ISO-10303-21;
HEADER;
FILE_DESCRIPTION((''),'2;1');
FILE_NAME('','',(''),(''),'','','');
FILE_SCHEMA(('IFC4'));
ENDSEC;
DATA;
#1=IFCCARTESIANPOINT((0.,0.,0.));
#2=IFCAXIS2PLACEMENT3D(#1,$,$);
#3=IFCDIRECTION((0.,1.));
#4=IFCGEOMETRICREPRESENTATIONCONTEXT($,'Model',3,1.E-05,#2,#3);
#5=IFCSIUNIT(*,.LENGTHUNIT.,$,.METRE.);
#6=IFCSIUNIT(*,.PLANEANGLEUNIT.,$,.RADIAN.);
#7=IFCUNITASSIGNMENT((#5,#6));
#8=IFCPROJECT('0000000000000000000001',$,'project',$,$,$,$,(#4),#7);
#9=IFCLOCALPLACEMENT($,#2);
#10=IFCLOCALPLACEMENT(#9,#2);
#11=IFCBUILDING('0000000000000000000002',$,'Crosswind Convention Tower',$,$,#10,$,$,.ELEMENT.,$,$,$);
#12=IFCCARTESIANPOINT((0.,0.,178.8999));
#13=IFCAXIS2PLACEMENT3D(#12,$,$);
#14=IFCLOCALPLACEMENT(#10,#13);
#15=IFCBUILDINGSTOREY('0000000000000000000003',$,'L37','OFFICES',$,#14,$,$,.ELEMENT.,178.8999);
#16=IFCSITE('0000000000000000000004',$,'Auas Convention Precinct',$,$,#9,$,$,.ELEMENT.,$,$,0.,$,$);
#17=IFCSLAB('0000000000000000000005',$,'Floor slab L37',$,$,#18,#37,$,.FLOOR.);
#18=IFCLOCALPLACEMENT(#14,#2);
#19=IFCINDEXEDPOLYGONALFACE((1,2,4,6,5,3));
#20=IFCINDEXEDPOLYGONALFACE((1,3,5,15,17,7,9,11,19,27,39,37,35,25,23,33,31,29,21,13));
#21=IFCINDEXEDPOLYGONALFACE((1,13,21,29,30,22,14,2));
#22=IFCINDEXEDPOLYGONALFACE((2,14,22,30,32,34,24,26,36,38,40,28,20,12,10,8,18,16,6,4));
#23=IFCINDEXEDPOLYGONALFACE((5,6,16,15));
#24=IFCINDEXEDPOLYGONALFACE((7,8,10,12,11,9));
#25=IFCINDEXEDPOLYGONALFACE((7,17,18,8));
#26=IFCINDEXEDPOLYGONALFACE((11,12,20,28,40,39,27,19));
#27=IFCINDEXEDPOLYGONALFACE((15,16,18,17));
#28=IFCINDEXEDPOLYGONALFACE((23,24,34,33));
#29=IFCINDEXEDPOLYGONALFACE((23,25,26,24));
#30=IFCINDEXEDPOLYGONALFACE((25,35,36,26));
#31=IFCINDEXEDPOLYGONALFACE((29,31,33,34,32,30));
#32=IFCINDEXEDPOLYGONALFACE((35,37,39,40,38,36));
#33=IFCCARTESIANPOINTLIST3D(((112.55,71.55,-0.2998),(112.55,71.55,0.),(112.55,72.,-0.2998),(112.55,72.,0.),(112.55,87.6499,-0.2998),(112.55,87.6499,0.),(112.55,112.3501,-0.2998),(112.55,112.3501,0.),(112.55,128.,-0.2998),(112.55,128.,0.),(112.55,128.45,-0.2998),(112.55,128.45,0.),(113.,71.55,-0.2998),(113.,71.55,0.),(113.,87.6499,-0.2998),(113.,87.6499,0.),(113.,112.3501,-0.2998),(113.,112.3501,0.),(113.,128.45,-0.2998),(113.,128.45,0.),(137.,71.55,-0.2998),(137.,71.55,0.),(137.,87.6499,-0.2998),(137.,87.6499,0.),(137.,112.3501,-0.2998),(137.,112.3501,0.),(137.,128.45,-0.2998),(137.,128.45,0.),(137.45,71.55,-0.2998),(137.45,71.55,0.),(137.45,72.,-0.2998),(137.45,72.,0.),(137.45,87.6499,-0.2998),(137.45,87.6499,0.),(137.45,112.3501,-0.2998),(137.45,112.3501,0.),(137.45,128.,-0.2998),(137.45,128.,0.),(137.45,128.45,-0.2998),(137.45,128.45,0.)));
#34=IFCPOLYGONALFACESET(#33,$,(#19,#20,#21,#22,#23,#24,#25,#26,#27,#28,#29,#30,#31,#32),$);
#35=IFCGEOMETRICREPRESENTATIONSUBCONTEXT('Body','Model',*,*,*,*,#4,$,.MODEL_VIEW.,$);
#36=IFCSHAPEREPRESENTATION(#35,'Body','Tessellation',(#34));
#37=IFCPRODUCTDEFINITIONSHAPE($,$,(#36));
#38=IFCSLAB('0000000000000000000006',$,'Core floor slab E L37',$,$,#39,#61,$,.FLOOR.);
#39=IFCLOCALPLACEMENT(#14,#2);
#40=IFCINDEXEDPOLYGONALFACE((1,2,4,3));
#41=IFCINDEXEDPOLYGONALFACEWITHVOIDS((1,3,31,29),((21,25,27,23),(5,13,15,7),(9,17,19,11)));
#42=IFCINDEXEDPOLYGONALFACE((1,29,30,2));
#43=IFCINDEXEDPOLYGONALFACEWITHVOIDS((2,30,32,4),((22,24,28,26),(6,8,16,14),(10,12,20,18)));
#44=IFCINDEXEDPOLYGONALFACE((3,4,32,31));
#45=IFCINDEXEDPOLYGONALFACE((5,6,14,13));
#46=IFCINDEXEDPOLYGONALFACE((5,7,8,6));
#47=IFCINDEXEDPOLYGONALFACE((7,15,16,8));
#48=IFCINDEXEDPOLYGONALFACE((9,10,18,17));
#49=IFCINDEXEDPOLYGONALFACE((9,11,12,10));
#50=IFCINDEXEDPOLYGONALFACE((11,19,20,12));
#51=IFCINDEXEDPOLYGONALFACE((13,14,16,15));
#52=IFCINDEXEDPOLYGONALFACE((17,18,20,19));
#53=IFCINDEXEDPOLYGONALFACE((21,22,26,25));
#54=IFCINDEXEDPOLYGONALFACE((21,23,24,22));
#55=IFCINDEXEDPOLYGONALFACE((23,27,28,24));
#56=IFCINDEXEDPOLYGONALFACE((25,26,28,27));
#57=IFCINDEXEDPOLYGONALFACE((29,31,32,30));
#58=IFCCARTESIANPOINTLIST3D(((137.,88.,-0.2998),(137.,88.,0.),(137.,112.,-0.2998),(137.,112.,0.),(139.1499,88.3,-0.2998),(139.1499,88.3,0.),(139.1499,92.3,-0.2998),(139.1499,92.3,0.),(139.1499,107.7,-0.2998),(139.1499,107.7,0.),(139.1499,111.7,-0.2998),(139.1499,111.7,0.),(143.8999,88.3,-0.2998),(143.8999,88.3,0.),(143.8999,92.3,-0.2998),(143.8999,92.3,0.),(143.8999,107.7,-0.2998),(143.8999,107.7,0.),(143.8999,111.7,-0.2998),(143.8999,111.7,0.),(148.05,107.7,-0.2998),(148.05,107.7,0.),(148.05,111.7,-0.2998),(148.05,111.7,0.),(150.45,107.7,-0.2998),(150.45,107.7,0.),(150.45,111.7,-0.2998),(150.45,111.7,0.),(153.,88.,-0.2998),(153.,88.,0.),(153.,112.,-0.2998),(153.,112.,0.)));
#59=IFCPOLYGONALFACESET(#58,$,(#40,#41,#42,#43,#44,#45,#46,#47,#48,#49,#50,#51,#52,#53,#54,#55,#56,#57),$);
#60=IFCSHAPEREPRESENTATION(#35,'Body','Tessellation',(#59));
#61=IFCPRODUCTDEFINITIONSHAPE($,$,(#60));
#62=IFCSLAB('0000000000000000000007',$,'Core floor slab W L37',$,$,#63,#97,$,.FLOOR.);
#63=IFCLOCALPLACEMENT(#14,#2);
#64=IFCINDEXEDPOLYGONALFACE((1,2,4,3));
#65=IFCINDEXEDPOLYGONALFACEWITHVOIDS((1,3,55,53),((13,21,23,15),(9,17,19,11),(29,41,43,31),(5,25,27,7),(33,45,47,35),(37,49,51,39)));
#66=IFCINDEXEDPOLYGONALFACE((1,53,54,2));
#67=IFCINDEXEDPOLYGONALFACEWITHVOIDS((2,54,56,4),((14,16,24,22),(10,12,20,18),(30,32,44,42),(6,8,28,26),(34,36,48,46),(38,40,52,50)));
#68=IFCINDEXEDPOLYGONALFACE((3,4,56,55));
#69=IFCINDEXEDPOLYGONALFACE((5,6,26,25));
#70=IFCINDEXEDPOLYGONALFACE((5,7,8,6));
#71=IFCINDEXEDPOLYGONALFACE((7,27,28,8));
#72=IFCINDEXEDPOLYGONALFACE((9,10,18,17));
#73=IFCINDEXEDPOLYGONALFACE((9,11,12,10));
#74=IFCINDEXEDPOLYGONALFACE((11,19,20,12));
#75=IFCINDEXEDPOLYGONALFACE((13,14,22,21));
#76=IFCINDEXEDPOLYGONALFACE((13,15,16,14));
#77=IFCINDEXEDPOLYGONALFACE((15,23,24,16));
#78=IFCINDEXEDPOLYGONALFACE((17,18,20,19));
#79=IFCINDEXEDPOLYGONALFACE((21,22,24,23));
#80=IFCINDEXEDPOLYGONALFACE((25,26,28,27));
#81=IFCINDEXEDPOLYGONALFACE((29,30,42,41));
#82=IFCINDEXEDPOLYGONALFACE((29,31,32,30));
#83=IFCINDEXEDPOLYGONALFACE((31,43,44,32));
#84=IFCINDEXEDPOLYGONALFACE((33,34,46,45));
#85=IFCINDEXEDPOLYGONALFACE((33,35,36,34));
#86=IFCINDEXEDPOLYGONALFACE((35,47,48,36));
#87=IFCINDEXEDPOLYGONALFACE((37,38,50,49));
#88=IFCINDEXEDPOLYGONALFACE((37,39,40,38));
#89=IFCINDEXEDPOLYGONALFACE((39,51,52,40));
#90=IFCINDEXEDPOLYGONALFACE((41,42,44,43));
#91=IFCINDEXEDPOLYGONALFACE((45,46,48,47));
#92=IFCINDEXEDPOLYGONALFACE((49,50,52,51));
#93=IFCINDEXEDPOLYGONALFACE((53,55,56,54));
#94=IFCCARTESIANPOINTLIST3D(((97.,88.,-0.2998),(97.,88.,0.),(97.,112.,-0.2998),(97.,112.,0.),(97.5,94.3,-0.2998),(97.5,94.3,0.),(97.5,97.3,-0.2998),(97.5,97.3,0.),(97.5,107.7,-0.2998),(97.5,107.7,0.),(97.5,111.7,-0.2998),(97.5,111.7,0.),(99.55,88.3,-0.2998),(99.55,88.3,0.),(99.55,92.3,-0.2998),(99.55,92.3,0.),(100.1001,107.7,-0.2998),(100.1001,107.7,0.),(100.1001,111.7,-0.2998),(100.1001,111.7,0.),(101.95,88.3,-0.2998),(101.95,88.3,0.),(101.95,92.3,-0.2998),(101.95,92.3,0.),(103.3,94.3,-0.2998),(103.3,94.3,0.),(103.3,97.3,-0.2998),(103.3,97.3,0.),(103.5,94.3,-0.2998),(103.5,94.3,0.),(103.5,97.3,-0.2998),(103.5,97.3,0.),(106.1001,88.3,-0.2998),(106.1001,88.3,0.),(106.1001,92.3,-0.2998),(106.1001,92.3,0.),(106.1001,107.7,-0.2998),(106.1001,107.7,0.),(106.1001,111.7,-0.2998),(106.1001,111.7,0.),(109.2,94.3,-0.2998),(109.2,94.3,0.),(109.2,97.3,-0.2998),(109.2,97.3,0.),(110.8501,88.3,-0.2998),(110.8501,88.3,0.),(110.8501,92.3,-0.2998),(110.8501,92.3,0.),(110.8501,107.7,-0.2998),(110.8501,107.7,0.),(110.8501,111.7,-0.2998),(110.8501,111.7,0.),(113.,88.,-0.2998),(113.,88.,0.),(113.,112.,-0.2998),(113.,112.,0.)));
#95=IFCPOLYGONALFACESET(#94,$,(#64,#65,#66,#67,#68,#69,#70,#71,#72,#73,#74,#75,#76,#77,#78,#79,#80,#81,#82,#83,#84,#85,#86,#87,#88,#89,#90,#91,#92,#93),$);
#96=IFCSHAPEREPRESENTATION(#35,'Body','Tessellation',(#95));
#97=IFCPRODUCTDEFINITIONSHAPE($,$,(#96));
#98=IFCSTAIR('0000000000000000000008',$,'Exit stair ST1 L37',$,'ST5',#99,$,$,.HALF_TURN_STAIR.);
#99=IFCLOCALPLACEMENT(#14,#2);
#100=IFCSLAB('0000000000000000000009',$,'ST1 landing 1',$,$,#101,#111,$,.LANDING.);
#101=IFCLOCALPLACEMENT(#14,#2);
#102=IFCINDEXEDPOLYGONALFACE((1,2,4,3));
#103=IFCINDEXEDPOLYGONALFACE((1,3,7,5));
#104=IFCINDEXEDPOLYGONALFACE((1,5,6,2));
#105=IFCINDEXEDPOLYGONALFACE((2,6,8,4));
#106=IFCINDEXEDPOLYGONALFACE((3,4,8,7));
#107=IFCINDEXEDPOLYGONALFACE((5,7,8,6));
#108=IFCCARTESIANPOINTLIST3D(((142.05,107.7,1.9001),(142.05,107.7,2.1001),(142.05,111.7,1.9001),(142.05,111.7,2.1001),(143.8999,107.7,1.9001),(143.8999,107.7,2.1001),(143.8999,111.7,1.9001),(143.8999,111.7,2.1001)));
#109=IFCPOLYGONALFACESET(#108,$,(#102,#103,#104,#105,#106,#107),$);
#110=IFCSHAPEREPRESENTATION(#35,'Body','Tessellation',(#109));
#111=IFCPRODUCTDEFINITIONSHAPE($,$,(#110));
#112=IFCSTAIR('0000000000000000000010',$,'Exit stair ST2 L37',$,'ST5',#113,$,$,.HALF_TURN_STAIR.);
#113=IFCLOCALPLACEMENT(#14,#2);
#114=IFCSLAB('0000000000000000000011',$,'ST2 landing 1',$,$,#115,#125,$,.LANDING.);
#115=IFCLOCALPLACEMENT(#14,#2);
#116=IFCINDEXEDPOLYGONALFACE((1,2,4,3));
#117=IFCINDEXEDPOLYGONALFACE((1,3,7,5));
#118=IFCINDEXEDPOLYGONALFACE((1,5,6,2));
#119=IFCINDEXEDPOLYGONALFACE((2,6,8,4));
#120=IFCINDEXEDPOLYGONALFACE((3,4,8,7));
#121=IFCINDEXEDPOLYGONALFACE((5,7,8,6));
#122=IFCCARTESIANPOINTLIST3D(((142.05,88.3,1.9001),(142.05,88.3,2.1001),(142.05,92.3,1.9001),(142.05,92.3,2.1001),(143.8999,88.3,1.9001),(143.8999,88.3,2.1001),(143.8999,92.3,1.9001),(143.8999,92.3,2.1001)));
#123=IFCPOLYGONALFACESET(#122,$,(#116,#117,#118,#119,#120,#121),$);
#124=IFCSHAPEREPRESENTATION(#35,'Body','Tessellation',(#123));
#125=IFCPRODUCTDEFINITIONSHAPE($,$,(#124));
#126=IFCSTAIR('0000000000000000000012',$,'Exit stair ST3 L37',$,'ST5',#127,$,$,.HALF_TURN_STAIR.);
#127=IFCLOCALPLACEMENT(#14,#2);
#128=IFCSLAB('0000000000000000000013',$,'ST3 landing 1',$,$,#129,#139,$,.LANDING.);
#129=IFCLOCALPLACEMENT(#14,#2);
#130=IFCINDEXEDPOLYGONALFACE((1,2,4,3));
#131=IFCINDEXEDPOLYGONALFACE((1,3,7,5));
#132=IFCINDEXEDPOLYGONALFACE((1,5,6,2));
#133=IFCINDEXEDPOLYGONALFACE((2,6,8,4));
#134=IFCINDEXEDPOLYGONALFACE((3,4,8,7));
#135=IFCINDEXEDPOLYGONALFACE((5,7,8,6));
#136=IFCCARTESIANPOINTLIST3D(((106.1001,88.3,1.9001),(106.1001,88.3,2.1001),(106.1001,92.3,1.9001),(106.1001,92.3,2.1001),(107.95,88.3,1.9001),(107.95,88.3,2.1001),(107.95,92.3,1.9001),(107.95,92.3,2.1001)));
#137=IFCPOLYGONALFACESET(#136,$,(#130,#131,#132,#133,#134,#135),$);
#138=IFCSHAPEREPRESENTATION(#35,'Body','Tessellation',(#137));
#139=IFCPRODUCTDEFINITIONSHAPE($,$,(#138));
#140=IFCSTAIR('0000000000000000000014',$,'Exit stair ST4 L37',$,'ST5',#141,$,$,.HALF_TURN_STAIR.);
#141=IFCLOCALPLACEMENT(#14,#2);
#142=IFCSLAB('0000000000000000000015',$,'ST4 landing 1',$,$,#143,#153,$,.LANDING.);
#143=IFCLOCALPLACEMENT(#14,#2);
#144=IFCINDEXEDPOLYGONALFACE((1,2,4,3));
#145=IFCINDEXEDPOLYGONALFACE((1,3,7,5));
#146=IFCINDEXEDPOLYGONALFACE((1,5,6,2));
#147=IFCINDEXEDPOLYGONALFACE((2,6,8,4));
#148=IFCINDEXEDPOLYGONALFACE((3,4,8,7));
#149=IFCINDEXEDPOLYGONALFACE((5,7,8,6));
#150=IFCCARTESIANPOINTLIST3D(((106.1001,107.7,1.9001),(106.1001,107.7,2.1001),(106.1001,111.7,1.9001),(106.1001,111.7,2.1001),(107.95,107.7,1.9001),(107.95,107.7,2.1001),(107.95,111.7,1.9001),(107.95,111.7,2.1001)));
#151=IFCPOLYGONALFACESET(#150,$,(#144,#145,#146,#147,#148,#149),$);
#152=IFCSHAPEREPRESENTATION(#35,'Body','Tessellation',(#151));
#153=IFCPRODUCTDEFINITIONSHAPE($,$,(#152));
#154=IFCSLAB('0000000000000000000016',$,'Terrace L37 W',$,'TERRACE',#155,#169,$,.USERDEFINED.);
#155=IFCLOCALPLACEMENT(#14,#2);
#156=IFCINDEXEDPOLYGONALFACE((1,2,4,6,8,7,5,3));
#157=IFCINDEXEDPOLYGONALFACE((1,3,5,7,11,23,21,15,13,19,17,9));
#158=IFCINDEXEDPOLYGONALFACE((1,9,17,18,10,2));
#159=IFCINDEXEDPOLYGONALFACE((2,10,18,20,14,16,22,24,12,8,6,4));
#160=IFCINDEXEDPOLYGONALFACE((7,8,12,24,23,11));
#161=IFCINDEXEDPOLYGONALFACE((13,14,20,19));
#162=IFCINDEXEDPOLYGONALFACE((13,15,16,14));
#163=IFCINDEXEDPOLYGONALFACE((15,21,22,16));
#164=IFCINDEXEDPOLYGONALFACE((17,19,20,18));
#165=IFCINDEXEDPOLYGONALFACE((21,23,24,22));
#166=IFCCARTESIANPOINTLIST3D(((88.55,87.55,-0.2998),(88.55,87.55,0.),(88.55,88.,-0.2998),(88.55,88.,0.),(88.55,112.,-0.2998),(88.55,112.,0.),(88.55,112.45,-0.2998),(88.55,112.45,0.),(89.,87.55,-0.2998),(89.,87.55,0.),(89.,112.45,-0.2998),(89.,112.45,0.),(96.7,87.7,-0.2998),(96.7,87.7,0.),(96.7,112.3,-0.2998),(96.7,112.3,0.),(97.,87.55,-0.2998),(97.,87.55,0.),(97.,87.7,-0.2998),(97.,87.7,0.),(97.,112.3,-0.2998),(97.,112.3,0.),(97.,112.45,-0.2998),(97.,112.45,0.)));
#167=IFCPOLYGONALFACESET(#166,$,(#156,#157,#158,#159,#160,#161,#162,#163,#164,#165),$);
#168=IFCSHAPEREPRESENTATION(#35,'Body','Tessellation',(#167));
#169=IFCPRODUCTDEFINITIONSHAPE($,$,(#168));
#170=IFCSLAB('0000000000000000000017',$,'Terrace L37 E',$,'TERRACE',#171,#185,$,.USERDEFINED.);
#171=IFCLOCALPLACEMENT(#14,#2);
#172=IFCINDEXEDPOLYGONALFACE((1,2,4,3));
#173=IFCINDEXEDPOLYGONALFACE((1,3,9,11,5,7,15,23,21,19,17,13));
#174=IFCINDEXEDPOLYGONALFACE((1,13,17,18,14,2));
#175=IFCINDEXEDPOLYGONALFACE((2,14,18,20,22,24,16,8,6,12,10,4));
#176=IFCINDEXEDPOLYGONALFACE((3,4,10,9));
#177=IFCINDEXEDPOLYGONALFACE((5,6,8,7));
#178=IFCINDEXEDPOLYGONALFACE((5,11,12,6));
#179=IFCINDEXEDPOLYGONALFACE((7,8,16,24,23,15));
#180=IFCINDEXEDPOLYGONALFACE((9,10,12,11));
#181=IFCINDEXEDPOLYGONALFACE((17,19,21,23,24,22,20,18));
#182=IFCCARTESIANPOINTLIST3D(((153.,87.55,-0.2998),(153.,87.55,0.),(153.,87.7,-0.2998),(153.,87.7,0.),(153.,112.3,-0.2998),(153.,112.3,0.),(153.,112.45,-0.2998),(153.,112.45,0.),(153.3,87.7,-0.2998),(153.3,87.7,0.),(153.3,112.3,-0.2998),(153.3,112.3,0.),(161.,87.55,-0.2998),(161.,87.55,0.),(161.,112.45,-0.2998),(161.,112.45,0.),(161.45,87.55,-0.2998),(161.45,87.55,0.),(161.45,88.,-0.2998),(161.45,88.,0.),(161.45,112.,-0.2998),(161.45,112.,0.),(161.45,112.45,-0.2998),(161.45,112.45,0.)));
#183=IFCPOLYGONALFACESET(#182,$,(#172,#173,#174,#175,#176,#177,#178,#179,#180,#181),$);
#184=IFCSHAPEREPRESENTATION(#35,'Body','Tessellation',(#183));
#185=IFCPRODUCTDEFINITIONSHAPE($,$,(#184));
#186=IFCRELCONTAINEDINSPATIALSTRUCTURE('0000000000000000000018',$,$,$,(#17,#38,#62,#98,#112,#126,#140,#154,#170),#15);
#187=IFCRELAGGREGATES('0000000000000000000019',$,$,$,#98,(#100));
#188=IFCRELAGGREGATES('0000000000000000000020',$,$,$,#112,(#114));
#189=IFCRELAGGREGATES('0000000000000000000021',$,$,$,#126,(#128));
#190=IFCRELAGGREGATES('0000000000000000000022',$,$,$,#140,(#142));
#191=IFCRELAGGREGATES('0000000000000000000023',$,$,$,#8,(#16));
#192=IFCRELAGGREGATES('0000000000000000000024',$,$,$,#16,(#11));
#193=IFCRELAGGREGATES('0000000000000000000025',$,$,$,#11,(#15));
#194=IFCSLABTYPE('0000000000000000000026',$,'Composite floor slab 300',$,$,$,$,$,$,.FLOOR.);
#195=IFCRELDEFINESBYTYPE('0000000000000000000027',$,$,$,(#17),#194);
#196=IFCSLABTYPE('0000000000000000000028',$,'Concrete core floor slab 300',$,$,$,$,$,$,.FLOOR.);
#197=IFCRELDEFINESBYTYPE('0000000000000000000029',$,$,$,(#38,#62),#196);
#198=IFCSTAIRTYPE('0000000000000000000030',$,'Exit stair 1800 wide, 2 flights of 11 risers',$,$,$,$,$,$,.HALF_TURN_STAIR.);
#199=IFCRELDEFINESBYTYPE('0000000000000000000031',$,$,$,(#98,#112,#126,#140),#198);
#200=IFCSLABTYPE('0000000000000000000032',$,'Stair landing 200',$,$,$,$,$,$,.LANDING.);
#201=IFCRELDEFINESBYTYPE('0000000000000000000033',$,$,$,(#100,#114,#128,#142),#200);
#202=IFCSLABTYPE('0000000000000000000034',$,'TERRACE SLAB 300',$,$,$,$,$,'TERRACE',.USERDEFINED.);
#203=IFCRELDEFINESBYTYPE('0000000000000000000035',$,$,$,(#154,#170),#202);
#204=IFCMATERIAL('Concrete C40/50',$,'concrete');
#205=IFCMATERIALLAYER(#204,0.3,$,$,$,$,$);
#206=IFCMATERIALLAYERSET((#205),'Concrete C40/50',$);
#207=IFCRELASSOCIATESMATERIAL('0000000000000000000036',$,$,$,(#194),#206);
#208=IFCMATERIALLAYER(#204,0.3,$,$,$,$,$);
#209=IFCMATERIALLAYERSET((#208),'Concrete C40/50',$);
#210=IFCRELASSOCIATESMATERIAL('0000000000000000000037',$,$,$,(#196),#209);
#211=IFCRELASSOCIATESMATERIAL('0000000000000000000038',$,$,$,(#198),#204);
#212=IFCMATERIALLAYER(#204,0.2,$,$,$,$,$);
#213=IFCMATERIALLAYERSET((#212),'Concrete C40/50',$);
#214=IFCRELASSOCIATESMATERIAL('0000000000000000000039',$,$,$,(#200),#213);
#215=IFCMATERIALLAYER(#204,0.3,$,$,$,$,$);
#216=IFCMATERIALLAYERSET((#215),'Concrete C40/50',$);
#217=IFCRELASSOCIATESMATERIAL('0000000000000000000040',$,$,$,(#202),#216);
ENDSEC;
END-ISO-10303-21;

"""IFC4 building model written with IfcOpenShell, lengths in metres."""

from ifc_helpers import new_model, si_unit, direction, frame, origin, place, context, subcontext, project, spatial, polyline, outline, extrude, material, layer, layer_set, type_object, element, aggregate, save


model = new_model("IFC4")

# Units and contexts
model_context = context("Model", 3, precision=1e-05, world=origin(), true_north=direction((0.0, 1.0)))
body_context = subcontext(model_context, "Body", "Model", "MODEL_VIEW")
ifc_project = project(units=[si_unit("LENGTHUNIT", "METRE"), si_unit("PLANEANGLEUNIT", "RADIAN")], contexts=[model_context])

# Site, building, storey
site_placement = place(None, origin())
site = spatial("IfcSite", under=ifc_project, at=site_placement, Name="Auas Convention Precinct", CompositionType="ELEMENT", RefElevation=0.0)
building_placement = place(site_placement, origin())
building = spatial("IfcBuilding", under=site, at=building_placement, Name="Crosswind Convention Tower", CompositionType="ELEMENT")
storey_placement = place(building_placement, frame((0.0, 0.0, 178.8999)))
storey = spatial("IfcBuildingStorey", under=building, at=storey_placement, Name="L37", Description="OFFICES", CompositionType="ELEMENT", Elevation=178.8999)

# Slabs
ifc_material_1 = material(Name="Concrete C40/50", Category="concrete")
ifc_layer_1 = layer(ifc_material_1, 0.3)
ifc_layer_set_1 = layer_set([ifc_layer_1], Name="Concrete C40/50")
slab_type_1 = type_object("IfcSlabType", Name="Composite floor slab 300", PredefinedType="FLOOR", material=ifc_layer_set_1)
slab_1_placement = place(storey_placement, frame((0.0, 0.0, -0.2998)))
element("IfcSlab", 1, at=slab_1_placement, inside=storey, type_object=slab_type_1, Name="Floor slab L37", PredefinedType="FLOOR", context=body_context, shape_type="SweptSolid", body=[
    extrude(outline(polyline([(137.45, 71.55), (137.0, 71.55), (113.0, 71.55), (112.55, 71.55), (112.55, 72.0), (112.55, 87.6499), (113.0, 87.6499), (113.0, 112.3501), (112.55, 112.3501), (112.55, 128.0), (112.55, 128.45), (113.0, 128.45), (137.0, 128.45), (137.45, 128.45), (137.45, 128.0), (137.45, 112.3501), (137.0, 112.3501), (137.0, 87.6499), (137.45, 87.6499), (137.45, 72.0), (137.45, 71.55)])), origin(), (0.0, 0.0, 1.0), 0.2998),
])
ifc_layer_2 = layer(ifc_material_1, 0.3)
ifc_layer_set_2 = layer_set([ifc_layer_2], Name="Concrete C40/50")
slab_type_2 = type_object("IfcSlabType", Name="Concrete core floor slab 300", PredefinedType="FLOOR", material=ifc_layer_set_2)
slab_2_placement = place(storey_placement, frame((0.0, 0.0, -0.2998)))
element("IfcSlab", 2, at=slab_2_placement, inside=storey, type_object=slab_type_2, Name="Core floor slab E L37", PredefinedType="FLOOR", context=body_context, shape_type="SweptSolid", body=[
    extrude(outline(polyline([(137.0, 88.0), (153.0, 88.0), (153.0, 112.0), (137.0, 112.0), (137.0, 88.0)]), holes=[polyline([(150.45, 107.7), (150.45, 111.7), (148.05, 111.7), (148.05, 107.7), (150.45, 107.7)]), polyline([(143.8999, 107.7), (143.8999, 111.7), (139.1499, 111.7), (139.1499, 107.7), (143.8999, 107.7)]), polyline([(143.8999, 88.3), (143.8999, 92.3), (139.1499, 92.3), (139.1499, 88.3), (143.8999, 88.3)])]), origin(), (0.0, 0.0, 1.0), 0.2998),
])
slab_3_placement = place(storey_placement, frame((0.0, 0.0, -0.2998)))
element("IfcSlab", 3, at=slab_3_placement, inside=storey, type_object=slab_type_2, Name="Core floor slab W L37", PredefinedType="FLOOR", context=body_context, shape_type="SweptSolid", body=[
    extrude(outline(polyline([(97.0, 88.0), (113.0, 88.0), (113.0, 112.0), (97.0, 112.0), (97.0, 88.0)]), holes=[polyline([(109.2, 94.3), (109.2, 97.3), (103.5, 97.3), (103.5, 94.3), (109.2, 94.3)]), polyline([(103.3, 94.3), (103.3, 97.3), (97.5, 97.3), (97.5, 94.3), (103.3, 94.3)]), polyline([(101.95, 88.3), (101.95, 92.3), (99.55, 92.3), (99.55, 88.3), (101.95, 88.3)]), polyline([(100.1001, 107.7), (100.1001, 111.7), (97.5, 111.7), (97.5, 107.7), (100.1001, 107.7)]), polyline([(110.8501, 88.3), (110.8501, 92.3), (106.1001, 92.3), (106.1001, 88.3), (110.8501, 88.3)]), polyline([(110.8501, 107.7), (110.8501, 111.7), (106.1001, 111.7), (106.1001, 107.7), (110.8501, 107.7)])]), origin(), (0.0, 0.0, 1.0), 0.2998),
])

# Stairs, slabs
stair_type = type_object("IfcStairType", Name="Exit stair 1800 wide, 2 flights of 11 risers", PredefinedType="HALF_TURN_STAIR", material=ifc_material_1)
stair_1_placement = place(storey_placement, origin())
stair_1 = element("IfcStair", 4, at=stair_1_placement, inside=storey, type_object=stair_type, Name="Exit stair ST1 L37", ObjectType="ST5", PredefinedType="HALF_TURN_STAIR")
ifc_layer_3 = layer(ifc_material_1, 0.2)
ifc_layer_set_3 = layer_set([ifc_layer_3], Name="Concrete C40/50")
slab_type_3 = type_object("IfcSlabType", Name="Stair landing 200", PredefinedType="LANDING", material=ifc_layer_set_3)
slab_4_placement = place(storey_placement, frame((0.0, 0.0, 1.9001)))
slab_4 = element("IfcSlab", 5, at=slab_4_placement, type_object=slab_type_3, Name="ST1 landing 1", PredefinedType="LANDING", context=body_context, shape_type="SweptSolid", body=[
    extrude(outline(polyline([(143.8999, 107.7), (143.8999, 111.7), (142.05, 111.7), (142.05, 107.7), (143.8999, 107.7)])), origin(), (0.0, 0.0, 1.0), 0.2),
])
aggregate(stair_1, [slab_4])
stair_2_placement = place(storey_placement, origin())
stair_2 = element("IfcStair", 6, at=stair_2_placement, inside=storey, type_object=stair_type, Name="Exit stair ST2 L37", ObjectType="ST5", PredefinedType="HALF_TURN_STAIR")
slab_5_placement = place(storey_placement, frame((0.0, 0.0, 1.9001)))
slab_5 = element("IfcSlab", 7, at=slab_5_placement, type_object=slab_type_3, Name="ST2 landing 1", PredefinedType="LANDING", context=body_context, shape_type="SweptSolid", body=[
    extrude(outline(polyline([(143.8999, 88.3), (143.8999, 92.3), (142.05, 92.3), (142.05, 88.3), (143.8999, 88.3)])), origin(), (0.0, 0.0, 1.0), 0.2),
])
aggregate(stair_2, [slab_5])
stair_3_placement = place(storey_placement, origin())
stair_3 = element("IfcStair", 8, at=stair_3_placement, inside=storey, type_object=stair_type, Name="Exit stair ST3 L37", ObjectType="ST5", PredefinedType="HALF_TURN_STAIR")
slab_6_placement = place(storey_placement, frame((0.0, 0.0, 1.9001)))
slab_6 = element("IfcSlab", 9, at=slab_6_placement, type_object=slab_type_3, Name="ST3 landing 1", PredefinedType="LANDING", context=body_context, shape_type="SweptSolid", body=[
    extrude(outline(polyline([(107.95, 88.3), (107.95, 92.3), (106.1001, 92.3), (106.1001, 88.3), (107.95, 88.3)])), origin(), (0.0, 0.0, 1.0), 0.2),
])
aggregate(stair_3, [slab_6])
stair_4_placement = place(storey_placement, origin())
stair_4 = element("IfcStair", 10, at=stair_4_placement, inside=storey, type_object=stair_type, Name="Exit stair ST4 L37", ObjectType="ST5", PredefinedType="HALF_TURN_STAIR")
slab_7_placement = place(storey_placement, frame((0.0, 0.0, 1.9001)))
slab_7 = element("IfcSlab", 11, at=slab_7_placement, type_object=slab_type_3, Name="ST4 landing 1", PredefinedType="LANDING", context=body_context, shape_type="SweptSolid", body=[
    extrude(outline(polyline([(107.95, 107.7), (107.95, 111.7), (106.1001, 111.7), (106.1001, 107.7), (107.95, 107.7)])), origin(), (0.0, 0.0, 1.0), 0.2),
])
aggregate(stair_4, [slab_7])

# Slabs
ifc_layer_4 = layer(ifc_material_1, 0.3)
ifc_layer_set_4 = layer_set([ifc_layer_4], Name="Concrete C40/50")
slab_type_4 = type_object("IfcSlabType", Name="TERRACE SLAB 300", ElementType="TERRACE", PredefinedType="USERDEFINED", material=ifc_layer_set_4)
slab_8_placement = place(storey_placement, frame((0.0, 0.0, -0.2998)))
element("IfcSlab", 12, at=slab_8_placement, inside=storey, type_object=slab_type_4, Name="Terrace L37 W", ObjectType="TERRACE", PredefinedType="USERDEFINED", context=body_context, shape_type="SweptSolid", body=[
    extrude(outline(polyline([(88.55, 87.55), (88.55, 88.0), (88.55, 112.0), (88.55, 112.45), (89.0, 112.45), (97.0, 112.45), (97.0, 112.3), (96.7, 112.3), (96.7, 87.7), (97.0, 87.7), (97.0, 87.55), (89.0, 87.55), (88.55, 87.55)])), origin(), (0.0, 0.0, 1.0), 0.2998),
])
slab_9_placement = place(storey_placement, frame((0.0, 0.0, -0.2998)))
element("IfcSlab", 13, at=slab_9_placement, inside=storey, type_object=slab_type_4, Name="Terrace L37 E", ObjectType="TERRACE", PredefinedType="USERDEFINED", context=body_context, shape_type="SweptSolid", body=[
    extrude(outline(polyline([(161.45, 112.45), (161.45, 112.0), (161.45, 88.0), (161.45, 87.55), (161.0, 87.55), (153.0, 87.55), (153.0, 87.7), (153.3, 87.7), (153.3, 112.3), (153.0, 112.3), (153.0, 112.45), (161.0, 112.45), (161.45, 112.45)])), origin(), (0.0, 0.0, 1.0), 0.2998),
])

save(model, "model.ifc")
